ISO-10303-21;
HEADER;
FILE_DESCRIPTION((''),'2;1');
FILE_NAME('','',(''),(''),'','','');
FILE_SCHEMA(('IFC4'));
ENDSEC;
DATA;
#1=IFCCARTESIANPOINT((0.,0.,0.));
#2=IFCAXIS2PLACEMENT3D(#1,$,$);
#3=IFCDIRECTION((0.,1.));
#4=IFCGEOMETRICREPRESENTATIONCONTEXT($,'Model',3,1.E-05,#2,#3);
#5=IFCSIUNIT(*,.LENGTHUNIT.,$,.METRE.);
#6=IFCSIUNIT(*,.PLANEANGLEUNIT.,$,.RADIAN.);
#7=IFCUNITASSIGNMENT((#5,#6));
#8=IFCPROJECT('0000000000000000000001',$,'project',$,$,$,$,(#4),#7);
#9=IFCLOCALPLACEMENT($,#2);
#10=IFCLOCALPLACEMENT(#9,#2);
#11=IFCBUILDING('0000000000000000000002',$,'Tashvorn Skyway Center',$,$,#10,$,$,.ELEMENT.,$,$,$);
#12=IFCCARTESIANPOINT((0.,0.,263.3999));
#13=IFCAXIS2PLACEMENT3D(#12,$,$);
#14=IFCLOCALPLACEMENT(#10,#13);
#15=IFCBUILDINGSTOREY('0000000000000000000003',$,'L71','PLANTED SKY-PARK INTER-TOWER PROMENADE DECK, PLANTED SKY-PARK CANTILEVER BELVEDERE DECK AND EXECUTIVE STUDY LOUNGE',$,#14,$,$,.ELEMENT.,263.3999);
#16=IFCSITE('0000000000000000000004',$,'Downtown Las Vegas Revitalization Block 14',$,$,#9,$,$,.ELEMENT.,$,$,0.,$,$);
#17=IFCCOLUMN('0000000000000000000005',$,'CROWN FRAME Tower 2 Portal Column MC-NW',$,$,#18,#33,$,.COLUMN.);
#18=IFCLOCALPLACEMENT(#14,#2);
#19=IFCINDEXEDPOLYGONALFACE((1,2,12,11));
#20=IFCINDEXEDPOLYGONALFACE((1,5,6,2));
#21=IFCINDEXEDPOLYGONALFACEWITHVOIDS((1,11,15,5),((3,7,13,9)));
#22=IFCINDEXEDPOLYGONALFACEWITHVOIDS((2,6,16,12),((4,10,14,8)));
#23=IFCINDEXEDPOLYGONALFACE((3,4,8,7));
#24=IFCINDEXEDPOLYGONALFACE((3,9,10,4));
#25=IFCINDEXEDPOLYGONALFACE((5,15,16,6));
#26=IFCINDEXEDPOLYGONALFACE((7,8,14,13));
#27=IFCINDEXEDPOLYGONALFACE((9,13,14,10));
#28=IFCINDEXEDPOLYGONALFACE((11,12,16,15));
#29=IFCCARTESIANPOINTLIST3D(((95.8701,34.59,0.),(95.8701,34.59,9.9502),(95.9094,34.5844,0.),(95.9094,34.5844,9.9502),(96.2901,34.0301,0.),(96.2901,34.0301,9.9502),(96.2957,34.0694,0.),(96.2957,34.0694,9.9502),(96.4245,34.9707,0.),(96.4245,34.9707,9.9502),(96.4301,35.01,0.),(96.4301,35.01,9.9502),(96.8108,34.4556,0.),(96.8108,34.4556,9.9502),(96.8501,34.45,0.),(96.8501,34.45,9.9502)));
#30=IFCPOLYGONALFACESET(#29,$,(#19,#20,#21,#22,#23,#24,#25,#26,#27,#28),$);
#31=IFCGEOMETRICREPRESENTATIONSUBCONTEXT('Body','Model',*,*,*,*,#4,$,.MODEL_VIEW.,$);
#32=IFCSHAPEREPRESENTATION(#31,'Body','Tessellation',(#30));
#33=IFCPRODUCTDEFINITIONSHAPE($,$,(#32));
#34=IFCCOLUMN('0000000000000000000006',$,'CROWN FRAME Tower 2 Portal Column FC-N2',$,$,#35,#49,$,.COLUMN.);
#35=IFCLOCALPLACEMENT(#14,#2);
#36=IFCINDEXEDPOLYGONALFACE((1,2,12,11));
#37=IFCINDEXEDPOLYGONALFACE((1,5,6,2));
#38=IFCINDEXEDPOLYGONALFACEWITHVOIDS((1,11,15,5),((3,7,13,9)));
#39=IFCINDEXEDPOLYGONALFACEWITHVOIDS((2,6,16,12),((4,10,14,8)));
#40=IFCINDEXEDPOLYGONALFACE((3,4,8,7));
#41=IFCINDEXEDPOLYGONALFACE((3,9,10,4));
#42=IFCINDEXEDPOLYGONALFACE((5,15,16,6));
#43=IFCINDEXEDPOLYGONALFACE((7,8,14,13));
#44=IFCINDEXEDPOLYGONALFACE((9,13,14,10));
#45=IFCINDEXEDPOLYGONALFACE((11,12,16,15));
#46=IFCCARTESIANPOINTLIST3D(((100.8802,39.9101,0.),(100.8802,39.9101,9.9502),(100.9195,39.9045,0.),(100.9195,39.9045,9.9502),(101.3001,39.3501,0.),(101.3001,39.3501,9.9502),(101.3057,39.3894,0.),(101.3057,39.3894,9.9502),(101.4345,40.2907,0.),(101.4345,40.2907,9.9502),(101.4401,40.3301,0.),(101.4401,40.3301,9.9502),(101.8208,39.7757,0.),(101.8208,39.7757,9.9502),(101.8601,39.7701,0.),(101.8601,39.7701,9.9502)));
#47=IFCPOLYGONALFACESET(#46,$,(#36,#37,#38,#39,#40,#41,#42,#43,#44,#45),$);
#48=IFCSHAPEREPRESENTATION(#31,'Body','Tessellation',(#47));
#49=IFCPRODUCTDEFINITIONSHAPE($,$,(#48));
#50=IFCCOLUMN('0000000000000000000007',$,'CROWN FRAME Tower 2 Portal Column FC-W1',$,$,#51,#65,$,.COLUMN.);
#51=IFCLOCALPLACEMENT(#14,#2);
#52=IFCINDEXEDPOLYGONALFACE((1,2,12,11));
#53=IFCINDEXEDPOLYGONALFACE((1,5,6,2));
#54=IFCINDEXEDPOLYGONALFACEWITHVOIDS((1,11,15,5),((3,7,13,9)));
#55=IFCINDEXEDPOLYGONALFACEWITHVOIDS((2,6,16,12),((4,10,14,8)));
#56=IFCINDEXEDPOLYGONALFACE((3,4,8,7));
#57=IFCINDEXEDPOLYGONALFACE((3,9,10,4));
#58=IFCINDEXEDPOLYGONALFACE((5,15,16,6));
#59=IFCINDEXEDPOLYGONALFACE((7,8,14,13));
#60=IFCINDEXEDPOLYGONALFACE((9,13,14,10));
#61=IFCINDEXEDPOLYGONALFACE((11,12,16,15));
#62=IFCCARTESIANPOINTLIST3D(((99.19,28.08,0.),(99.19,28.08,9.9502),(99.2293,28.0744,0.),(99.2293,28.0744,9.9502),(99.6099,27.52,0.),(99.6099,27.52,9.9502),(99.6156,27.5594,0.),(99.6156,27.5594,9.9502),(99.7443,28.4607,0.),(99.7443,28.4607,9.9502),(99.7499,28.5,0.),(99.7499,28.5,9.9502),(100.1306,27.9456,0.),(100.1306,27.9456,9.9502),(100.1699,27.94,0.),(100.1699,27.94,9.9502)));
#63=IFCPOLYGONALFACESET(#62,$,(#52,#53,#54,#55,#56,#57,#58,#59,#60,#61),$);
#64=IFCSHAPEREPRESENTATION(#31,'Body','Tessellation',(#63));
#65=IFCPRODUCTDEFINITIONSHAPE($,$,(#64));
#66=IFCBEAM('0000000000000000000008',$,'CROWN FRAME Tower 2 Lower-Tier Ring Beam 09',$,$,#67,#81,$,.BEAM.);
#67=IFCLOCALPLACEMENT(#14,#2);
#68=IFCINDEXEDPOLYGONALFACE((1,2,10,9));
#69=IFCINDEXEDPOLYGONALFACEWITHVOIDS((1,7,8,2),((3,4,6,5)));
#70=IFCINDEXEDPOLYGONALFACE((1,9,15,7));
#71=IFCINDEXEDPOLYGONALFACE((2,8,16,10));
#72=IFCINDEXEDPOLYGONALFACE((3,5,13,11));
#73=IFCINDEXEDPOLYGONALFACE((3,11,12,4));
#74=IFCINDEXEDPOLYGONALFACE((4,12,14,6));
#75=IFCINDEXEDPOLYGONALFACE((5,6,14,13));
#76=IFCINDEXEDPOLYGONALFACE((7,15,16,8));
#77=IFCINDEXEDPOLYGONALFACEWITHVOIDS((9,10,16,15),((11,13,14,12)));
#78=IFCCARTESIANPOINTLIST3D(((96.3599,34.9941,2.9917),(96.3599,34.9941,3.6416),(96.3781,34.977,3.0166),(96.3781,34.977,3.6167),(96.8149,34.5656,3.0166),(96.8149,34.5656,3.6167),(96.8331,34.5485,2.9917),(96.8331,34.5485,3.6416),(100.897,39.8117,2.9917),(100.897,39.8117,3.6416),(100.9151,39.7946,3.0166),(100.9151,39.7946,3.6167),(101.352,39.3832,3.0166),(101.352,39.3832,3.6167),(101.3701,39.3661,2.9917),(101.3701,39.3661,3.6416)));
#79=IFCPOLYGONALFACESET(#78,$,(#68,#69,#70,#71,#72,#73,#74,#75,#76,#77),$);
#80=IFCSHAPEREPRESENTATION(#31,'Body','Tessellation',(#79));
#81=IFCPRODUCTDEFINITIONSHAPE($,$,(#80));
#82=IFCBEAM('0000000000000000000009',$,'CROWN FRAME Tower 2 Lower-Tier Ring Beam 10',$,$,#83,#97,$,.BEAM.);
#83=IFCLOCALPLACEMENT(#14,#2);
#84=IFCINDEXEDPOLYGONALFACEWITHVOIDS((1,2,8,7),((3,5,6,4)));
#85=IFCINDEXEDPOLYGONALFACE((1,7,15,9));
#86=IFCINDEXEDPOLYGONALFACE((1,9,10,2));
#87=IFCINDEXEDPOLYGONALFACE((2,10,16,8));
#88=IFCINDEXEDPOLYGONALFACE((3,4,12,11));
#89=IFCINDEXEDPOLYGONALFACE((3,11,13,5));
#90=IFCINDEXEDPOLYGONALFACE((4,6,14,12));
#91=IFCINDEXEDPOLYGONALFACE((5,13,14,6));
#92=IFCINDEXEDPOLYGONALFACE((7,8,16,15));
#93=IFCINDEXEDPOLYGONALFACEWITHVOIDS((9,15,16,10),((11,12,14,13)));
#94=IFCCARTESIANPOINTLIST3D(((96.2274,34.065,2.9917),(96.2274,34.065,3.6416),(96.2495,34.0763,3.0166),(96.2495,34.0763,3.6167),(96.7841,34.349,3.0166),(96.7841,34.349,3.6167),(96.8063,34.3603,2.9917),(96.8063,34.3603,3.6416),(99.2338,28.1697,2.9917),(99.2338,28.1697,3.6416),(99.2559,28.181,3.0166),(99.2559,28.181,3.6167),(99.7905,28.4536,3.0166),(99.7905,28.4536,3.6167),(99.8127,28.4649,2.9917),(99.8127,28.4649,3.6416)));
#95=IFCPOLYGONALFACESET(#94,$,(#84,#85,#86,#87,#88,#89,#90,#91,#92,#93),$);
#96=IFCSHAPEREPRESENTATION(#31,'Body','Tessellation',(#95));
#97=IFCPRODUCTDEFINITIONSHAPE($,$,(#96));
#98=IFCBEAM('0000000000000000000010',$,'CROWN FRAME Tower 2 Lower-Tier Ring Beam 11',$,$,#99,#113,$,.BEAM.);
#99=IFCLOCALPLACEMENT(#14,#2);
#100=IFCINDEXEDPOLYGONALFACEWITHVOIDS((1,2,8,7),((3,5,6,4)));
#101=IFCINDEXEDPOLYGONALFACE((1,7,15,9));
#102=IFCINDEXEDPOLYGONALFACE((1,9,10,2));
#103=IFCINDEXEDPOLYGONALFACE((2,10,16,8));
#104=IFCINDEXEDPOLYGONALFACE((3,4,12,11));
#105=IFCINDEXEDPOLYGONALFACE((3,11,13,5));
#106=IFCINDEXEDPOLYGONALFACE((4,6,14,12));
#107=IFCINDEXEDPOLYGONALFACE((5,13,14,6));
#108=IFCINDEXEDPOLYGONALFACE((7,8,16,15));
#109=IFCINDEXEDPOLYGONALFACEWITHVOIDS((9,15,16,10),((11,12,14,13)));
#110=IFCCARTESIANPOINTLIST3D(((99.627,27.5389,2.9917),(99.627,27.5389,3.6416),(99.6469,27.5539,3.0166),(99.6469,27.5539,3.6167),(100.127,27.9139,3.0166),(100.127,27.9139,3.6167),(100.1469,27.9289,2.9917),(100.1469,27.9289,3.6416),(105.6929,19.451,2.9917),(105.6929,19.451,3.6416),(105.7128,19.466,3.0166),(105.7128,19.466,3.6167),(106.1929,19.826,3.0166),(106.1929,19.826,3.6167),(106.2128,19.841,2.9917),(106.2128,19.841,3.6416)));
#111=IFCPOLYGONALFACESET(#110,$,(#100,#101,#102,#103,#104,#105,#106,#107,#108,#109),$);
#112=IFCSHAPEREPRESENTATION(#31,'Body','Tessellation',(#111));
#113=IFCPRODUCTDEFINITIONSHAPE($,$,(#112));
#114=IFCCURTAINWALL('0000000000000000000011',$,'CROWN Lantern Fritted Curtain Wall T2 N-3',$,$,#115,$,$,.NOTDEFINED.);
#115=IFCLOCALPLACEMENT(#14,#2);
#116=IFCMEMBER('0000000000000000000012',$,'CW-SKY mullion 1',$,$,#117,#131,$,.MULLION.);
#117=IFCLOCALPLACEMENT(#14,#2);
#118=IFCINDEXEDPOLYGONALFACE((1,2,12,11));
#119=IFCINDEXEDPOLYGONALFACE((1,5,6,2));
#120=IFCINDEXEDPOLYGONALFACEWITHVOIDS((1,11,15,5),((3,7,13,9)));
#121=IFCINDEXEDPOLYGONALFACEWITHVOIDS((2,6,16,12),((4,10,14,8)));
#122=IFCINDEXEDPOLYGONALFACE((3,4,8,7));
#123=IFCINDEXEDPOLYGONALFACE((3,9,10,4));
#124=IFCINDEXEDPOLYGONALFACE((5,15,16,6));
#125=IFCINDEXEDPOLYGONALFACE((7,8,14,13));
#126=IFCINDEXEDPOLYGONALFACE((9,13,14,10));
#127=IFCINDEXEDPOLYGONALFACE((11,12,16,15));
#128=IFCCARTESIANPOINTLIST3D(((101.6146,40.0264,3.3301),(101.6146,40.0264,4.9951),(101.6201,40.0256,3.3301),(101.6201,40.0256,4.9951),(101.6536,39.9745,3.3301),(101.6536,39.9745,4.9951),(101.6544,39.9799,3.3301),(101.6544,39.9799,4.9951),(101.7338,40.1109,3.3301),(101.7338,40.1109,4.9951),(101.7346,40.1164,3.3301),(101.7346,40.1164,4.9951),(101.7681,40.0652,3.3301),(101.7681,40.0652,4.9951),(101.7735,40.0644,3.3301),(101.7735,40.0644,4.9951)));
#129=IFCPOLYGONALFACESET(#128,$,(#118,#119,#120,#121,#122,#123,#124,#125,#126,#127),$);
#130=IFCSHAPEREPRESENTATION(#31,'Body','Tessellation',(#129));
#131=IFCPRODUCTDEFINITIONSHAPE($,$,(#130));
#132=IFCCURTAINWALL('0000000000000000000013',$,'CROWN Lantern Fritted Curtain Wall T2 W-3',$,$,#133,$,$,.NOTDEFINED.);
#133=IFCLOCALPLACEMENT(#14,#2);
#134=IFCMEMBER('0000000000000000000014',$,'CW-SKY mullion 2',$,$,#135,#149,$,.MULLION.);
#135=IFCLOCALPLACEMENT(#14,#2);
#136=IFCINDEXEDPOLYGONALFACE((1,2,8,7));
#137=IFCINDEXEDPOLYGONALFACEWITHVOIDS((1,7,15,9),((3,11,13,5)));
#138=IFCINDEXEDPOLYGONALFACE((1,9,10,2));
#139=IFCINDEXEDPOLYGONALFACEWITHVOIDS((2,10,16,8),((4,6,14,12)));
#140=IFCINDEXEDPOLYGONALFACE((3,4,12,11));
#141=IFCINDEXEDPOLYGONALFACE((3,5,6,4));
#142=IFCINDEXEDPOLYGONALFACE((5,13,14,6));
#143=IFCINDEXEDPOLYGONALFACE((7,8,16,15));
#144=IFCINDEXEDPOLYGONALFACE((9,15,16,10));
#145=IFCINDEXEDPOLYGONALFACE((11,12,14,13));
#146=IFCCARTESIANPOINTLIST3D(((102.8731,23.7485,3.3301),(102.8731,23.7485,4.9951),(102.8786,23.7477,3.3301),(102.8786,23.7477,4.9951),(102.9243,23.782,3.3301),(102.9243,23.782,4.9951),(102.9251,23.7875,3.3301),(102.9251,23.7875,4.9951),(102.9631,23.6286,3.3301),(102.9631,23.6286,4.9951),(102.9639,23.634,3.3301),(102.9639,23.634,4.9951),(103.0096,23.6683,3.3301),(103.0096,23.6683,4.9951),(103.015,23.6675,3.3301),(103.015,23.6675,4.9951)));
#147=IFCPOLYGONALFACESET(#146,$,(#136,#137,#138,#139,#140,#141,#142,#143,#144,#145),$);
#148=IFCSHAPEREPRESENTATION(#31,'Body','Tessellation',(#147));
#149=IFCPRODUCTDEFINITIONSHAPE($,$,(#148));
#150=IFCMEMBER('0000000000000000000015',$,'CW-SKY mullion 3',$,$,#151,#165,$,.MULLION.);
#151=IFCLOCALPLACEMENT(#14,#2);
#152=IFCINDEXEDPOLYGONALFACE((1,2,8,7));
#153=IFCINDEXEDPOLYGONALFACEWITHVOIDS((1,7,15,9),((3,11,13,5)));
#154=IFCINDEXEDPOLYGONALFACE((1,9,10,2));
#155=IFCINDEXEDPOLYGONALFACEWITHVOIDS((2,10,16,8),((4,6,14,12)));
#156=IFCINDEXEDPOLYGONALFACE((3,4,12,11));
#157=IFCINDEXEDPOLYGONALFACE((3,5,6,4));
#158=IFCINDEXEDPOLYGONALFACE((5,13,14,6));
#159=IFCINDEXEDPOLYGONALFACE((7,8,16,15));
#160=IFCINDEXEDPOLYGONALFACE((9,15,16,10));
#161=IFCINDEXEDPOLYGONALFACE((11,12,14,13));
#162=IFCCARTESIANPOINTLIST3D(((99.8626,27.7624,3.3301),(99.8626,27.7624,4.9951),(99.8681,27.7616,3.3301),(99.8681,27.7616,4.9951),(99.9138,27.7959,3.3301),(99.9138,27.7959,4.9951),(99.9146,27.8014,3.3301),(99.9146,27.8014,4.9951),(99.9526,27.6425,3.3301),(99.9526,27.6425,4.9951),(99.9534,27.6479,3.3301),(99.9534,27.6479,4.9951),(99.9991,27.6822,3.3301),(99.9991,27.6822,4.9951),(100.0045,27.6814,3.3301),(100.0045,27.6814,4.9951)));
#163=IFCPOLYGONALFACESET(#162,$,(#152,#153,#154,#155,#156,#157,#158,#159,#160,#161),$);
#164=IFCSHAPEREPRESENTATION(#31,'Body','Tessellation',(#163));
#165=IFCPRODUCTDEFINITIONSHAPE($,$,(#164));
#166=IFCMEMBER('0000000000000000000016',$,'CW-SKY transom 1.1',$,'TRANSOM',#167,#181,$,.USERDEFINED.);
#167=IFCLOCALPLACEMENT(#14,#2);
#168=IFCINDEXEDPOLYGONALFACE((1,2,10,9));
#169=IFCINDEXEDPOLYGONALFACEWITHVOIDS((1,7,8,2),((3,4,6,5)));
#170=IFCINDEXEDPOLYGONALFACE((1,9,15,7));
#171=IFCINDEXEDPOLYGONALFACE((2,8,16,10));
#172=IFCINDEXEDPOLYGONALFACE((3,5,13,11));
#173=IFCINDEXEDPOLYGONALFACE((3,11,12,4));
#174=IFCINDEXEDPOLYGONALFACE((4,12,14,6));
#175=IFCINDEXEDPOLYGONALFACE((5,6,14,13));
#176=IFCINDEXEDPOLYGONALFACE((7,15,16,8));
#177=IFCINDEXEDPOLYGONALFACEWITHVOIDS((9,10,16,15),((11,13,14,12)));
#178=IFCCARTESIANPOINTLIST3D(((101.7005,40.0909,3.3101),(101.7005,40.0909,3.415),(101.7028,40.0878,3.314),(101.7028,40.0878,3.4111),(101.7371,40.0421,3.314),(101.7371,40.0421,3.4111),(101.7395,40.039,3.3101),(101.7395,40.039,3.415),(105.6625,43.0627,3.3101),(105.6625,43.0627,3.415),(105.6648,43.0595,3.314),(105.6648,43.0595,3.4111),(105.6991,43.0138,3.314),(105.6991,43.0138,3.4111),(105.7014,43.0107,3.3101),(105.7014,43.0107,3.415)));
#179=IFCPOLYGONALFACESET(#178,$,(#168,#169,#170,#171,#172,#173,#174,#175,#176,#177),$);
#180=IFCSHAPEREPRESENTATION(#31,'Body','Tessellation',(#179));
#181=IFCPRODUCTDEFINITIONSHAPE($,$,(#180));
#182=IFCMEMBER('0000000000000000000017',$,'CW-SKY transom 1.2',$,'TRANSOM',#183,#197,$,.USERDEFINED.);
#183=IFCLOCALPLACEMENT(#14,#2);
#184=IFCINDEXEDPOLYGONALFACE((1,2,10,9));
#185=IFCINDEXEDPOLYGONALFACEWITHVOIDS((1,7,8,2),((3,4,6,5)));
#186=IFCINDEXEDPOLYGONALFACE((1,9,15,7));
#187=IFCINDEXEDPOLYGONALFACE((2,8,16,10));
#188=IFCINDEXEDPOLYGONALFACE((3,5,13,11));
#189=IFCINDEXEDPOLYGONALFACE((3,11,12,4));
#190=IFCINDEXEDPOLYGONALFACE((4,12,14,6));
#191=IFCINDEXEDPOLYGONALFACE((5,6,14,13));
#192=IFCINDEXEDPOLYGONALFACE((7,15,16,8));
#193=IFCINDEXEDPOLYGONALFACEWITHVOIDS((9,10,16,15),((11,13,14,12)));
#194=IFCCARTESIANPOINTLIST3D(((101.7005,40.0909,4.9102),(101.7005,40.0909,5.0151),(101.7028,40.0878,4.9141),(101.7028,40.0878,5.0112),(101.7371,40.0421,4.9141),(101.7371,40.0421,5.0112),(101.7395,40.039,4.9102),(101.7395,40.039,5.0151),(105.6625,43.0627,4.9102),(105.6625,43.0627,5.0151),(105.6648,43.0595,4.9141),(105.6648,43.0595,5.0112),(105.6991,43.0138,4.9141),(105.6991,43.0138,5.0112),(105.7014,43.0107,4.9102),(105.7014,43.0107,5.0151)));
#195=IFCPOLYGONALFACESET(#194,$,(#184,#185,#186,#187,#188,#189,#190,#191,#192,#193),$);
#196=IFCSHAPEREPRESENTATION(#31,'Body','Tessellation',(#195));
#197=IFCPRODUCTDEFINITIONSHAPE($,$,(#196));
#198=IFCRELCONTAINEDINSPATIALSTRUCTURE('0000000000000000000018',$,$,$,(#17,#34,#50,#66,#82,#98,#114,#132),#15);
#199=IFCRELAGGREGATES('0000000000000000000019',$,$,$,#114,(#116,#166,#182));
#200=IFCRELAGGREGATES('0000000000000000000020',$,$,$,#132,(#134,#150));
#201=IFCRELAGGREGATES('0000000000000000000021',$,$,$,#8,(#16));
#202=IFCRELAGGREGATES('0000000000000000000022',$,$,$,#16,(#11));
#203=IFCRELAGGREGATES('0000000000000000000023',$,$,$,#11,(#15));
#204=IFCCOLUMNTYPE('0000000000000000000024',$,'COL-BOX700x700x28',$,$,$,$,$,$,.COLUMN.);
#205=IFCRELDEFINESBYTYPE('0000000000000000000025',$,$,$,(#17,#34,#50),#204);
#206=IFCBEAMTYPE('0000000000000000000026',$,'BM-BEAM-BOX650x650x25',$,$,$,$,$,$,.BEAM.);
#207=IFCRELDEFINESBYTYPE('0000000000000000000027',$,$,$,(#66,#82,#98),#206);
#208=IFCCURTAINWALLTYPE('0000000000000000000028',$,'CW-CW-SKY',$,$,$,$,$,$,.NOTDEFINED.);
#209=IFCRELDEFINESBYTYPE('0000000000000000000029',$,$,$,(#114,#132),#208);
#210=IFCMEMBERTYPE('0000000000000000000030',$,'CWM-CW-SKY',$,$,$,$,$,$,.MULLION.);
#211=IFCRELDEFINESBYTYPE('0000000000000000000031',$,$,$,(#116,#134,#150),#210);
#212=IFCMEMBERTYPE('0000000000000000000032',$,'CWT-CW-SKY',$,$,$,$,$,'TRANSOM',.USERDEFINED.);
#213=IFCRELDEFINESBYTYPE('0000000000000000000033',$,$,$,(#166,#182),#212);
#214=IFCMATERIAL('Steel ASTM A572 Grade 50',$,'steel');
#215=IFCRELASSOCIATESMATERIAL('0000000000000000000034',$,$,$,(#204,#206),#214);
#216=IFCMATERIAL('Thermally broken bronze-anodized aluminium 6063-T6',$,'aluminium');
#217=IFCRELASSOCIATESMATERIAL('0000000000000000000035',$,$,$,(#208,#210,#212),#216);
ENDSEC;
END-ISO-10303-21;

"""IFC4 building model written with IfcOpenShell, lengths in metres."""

from ifc_helpers import new_model, si_unit, direction, frame, origin, origin_2d, place, context, subcontext, project, spatial, hollow_rectangle, extrude, material, material_profile, profile_set, type_object, element, aggregate, save


model = new_model("IFC4")

# Units and contexts
model_context = context("Model", 3, precision=1e-05, world=origin(), true_north=direction((0.0, 1.0)))
body_context = subcontext(model_context, "Body", "Model", "MODEL_VIEW")
ifc_project = project(units=[si_unit("LENGTHUNIT", "METRE"), si_unit("PLANEANGLEUNIT", "RADIAN")], contexts=[model_context])

# Site, building, storey
site_placement = place(None, origin())
site = spatial("IfcSite", under=ifc_project, at=site_placement, Name="Downtown Las Vegas Revitalization Block 14", CompositionType="ELEMENT", RefElevation=0.0)
building_placement = place(site_placement, origin())
building = spatial("IfcBuilding", under=site, at=building_placement, Name="Tashvorn Skyway Center", CompositionType="ELEMENT")
storey_placement = place(building_placement, frame((0.0, 0.0, 263.3999)))
storey = spatial("IfcBuildingStorey", under=building, at=storey_placement, Name="L71", Description="PLANTED SKY-PARK INTER-TOWER PROMENADE DECK, PLANTED SKY-PARK CANTILEVER BELVEDERE DECK AND EXECUTIVE STUDY LOUNGE", CompositionType="ELEMENT", Elevation=263.3999)

# Columns
ifc_material_1 = material(Name="Steel ASTM A572 Grade 50", Category="steel")
ifc_material_profile_1 = material_profile(ifc_material_1, hollow_rectangle(XDim=0.7, YDim=0.7, WallThickness=0.0281, at=origin_2d()), Name="BOX700x700x28")
ifc_profile_set_1 = profile_set([ifc_material_profile_1], Name="Steel ASTM A572 Grade 50")
column_type = type_object("IfcColumnType", Name="COL-BOX700x700x28", PredefinedType="COLUMN", material=ifc_profile_set_1)
for number, where, z_axis, x_axis, name in (
    (1, (96.3601, 34.52, 0.0), (0.0, 0.0, 1.0), (0.8, 0.6, 0.0), "CROWN FRAME Tower 2 Portal Column MC-NW"),
    (2, (101.3701, 39.8401, 0.0), (0.0, 0.0, 1.0), (0.8, 0.6, 0.0), "CROWN FRAME Tower 2 Portal Column FC-N2"),
    (3, (99.6799, 28.01, 0.0), (0.0, 0.0, 1.0), (0.8, 0.6, 0.0), "CROWN FRAME Tower 2 Portal Column FC-W1"),
):
    element("IfcColumn", number, at=place(storey_placement, frame(where, z_axis=z_axis, x_axis=x_axis)), inside=storey, type_object=column_type, Name=name, PredefinedType="COLUMN", context=body_context, shape_type="SweptSolid", body=[
        extrude(hollow_rectangle(XDim=0.7, YDim=0.7, WallThickness=0.0281, at=origin_2d()), origin(), (0.0, 0.0, 1.0), 9.9502),
    ])

# Beams
ifc_material_profile_2 = material_profile(ifc_material_1, hollow_rectangle(XDim=0.6499, YDim=0.6499, WallThickness=0.0249, at=origin_2d()), Name="BOX650x650x25")
ifc_profile_set_2 = profile_set([ifc_material_profile_2], Name="Steel ASTM A572 Grade 50")
beam_type = type_object("IfcBeamType", Name="BM-BEAM-BOX650x650x25", PredefinedType="BEAM", material=ifc_profile_set_2)
for number, where, z_axis, x_axis, name in (
    (4, (101.1335, 39.5889, 3.3167), (-0.685595, -0.727983, 0.0), (0.727983, -0.685595, 0.0), "CROWN FRAME Tower 2 Lower-Tier Ring Beam 09"),
    (5, (96.5168, 34.2126, 3.3167), (0.454298, -0.89085, 0.0), (0.89085, 0.454298, 0.0), "CROWN FRAME Tower 2 Lower-Tier Ring Beam 10"),
):
    element("IfcBeam", number, at=place(storey_placement, frame(where, z_axis=z_axis, x_axis=x_axis)), inside=storey, type_object=beam_type, Name=name, PredefinedType="BEAM", context=body_context, shape_type="SweptSolid", body=[
        extrude(hollow_rectangle(XDim=0.6499, YDim=0.6499, WallThickness=0.0249, at=origin_2d()), origin(), (0.0, 0.0, 1.0), 6.6177),
    ])
beam_placement = place(storey_placement, frame((99.887, 27.7339, 3.3167), z_axis=(0.6, -0.8, 0.0), x_axis=(0.8, 0.6, 0.0)))
element("IfcBeam", 6, at=beam_placement, inside=storey, type_object=beam_type, Name="CROWN FRAME Tower 2 Lower-Tier Ring Beam 11", PredefinedType="BEAM", context=body_context, shape_type="SweptSolid", body=[
    extrude(hollow_rectangle(XDim=0.6499, YDim=0.6499, WallThickness=0.0249, at=origin_2d()), origin(), (0.0, 0.0, 1.0), 10.1099),
])

# Curtain wall, member
ifc_material_2 = material(Name="Thermally broken bronze-anodized aluminium 6063-T6", Category="aluminium")
curtain_wall_type = type_object("IfcCurtainWallType", Name="CW-CW-SKY", PredefinedType="NOTDEFINED", material=ifc_material_2)
curtain_wall_1_placement = place(storey_placement, origin())
curtain_wall_1 = element("IfcCurtainWall", 7, at=curtain_wall_1_placement, inside=storey, type_object=curtain_wall_type, Name="CROWN Lantern Fritted Curtain Wall T2 N-3", PredefinedType="NOTDEFINED")
ifc_material_profile_3 = material_profile(ifc_material_2, hollow_rectangle(XDim=0.0649, YDim=0.1499, WallThickness=0.0039, at=origin_2d()), Name="ALU-MULL-65x150")
ifc_profile_set_3 = profile_set([ifc_material_profile_3], Name="Thermally broken bronze-anodized aluminium 6063-T6")
member_type_1 = type_object("IfcMemberType", Name="CWM-CW-SKY", PredefinedType="MULLION", material=ifc_profile_set_3)
member_1_placement = place(storey_placement, frame((101.6941, 40.0454, 3.3301), z_axis=(0.0, 0.0, 1.0), x_axis=(-0.6, 0.8, 0.0)))
member_1 = element("IfcMember", 8, at=member_1_placement, type_object=member_type_1, Name="CW-SKY mullion 1", PredefinedType="MULLION", context=body_context, shape_type="SweptSolid", body=[
    extrude(hollow_rectangle(XDim=0.0649, YDim=0.1499, WallThickness=0.0039, at=origin_2d()), origin(), (0.0, 0.0, 1.0), 1.665),
])

# Curtain wall, members
curtain_wall_2_placement = place(storey_placement, origin())
curtain_wall_2 = element("IfcCurtainWall", 9, at=curtain_wall_2_placement, inside=storey, type_object=curtain_wall_type, Name="CROWN Lantern Fritted Curtain Wall T2 W-3", PredefinedType="NOTDEFINED")
member_2_placement = place(storey_placement, frame((102.9441, 23.708, 3.3301), z_axis=(0.0, 0.0, 1.0), x_axis=(-0.8, -0.6, 0.0)))
member_2 = element("IfcMember", 10, at=member_2_placement, type_object=member_type_1, Name="CW-SKY mullion 2", PredefinedType="MULLION", context=body_context, shape_type="SweptSolid", body=[
    extrude(hollow_rectangle(XDim=0.0649, YDim=0.1499, WallThickness=0.0039, at=origin_2d()), origin(), (0.0, 0.0, 1.0), 1.665),
])
member_3_placement = place(storey_placement, frame((99.9336, 27.7219, 3.3301), z_axis=(0.0, 0.0, 1.0), x_axis=(-0.8, -0.6, 0.0)))
member_3 = element("IfcMember", 11, at=member_3_placement, type_object=member_type_1, Name="CW-SKY mullion 3", PredefinedType="MULLION", context=body_context, shape_type="SweptSolid", body=[
    extrude(hollow_rectangle(XDim=0.0649, YDim=0.1499, WallThickness=0.0039, at=origin_2d()), origin(), (0.0, 0.0, 1.0), 1.665),
])

# Members
ifc_material_profile_4 = material_profile(ifc_material_2, hollow_rectangle(XDim=0.0649, YDim=0.105, WallThickness=0.0039, at=origin_2d()), Name="ALU-TRAN-65x105")
ifc_profile_set_4 = profile_set([ifc_material_profile_4], Name="Thermally broken bronze-anodized aluminium 6063-T6")
member_type_2 = type_object("IfcMemberType", Name="CWT-CW-SKY", ElementType="TRANSOM", PredefinedType="USERDEFINED", material=ifc_profile_set_4)
member_4_placement = place(storey_placement, frame((101.72, 40.0649, 3.3625), z_axis=(0.799976, 0.600032, 0.0), x_axis=(-0.600032, 0.799976, 0.0)))
member_4 = element("IfcMember", 12, at=member_4_placement, type_object=member_type_2, Name="CW-SKY transom 1.1", ObjectType="TRANSOM", PredefinedType="USERDEFINED", context=body_context, shape_type="SweptSolid", body=[
    extrude(hollow_rectangle(XDim=0.0649, YDim=0.105, WallThickness=0.0039, at=origin_2d()), origin(), (0.0, 0.0, 1.0), 4.9526),
])
member_5_placement = place(storey_placement, frame((101.72, 40.0649, 4.9626), z_axis=(0.799976, 0.600032, 0.0), x_axis=(-0.600032, 0.799976, 0.0)))
member_5 = element("IfcMember", 13, at=member_5_placement, type_object=member_type_2, Name="CW-SKY transom 1.2", ObjectType="TRANSOM", PredefinedType="USERDEFINED", context=body_context, shape_type="SweptSolid", body=[
    extrude(hollow_rectangle(XDim=0.0649, YDim=0.105, WallThickness=0.0039, at=origin_2d()), origin(), (0.0, 0.0, 1.0), 4.9526),
])
aggregate(curtain_wall_1, [member_1, member_4, member_5])

aggregate(curtain_wall_2, [member_2, member_3])

save(model, "model.ifc")
